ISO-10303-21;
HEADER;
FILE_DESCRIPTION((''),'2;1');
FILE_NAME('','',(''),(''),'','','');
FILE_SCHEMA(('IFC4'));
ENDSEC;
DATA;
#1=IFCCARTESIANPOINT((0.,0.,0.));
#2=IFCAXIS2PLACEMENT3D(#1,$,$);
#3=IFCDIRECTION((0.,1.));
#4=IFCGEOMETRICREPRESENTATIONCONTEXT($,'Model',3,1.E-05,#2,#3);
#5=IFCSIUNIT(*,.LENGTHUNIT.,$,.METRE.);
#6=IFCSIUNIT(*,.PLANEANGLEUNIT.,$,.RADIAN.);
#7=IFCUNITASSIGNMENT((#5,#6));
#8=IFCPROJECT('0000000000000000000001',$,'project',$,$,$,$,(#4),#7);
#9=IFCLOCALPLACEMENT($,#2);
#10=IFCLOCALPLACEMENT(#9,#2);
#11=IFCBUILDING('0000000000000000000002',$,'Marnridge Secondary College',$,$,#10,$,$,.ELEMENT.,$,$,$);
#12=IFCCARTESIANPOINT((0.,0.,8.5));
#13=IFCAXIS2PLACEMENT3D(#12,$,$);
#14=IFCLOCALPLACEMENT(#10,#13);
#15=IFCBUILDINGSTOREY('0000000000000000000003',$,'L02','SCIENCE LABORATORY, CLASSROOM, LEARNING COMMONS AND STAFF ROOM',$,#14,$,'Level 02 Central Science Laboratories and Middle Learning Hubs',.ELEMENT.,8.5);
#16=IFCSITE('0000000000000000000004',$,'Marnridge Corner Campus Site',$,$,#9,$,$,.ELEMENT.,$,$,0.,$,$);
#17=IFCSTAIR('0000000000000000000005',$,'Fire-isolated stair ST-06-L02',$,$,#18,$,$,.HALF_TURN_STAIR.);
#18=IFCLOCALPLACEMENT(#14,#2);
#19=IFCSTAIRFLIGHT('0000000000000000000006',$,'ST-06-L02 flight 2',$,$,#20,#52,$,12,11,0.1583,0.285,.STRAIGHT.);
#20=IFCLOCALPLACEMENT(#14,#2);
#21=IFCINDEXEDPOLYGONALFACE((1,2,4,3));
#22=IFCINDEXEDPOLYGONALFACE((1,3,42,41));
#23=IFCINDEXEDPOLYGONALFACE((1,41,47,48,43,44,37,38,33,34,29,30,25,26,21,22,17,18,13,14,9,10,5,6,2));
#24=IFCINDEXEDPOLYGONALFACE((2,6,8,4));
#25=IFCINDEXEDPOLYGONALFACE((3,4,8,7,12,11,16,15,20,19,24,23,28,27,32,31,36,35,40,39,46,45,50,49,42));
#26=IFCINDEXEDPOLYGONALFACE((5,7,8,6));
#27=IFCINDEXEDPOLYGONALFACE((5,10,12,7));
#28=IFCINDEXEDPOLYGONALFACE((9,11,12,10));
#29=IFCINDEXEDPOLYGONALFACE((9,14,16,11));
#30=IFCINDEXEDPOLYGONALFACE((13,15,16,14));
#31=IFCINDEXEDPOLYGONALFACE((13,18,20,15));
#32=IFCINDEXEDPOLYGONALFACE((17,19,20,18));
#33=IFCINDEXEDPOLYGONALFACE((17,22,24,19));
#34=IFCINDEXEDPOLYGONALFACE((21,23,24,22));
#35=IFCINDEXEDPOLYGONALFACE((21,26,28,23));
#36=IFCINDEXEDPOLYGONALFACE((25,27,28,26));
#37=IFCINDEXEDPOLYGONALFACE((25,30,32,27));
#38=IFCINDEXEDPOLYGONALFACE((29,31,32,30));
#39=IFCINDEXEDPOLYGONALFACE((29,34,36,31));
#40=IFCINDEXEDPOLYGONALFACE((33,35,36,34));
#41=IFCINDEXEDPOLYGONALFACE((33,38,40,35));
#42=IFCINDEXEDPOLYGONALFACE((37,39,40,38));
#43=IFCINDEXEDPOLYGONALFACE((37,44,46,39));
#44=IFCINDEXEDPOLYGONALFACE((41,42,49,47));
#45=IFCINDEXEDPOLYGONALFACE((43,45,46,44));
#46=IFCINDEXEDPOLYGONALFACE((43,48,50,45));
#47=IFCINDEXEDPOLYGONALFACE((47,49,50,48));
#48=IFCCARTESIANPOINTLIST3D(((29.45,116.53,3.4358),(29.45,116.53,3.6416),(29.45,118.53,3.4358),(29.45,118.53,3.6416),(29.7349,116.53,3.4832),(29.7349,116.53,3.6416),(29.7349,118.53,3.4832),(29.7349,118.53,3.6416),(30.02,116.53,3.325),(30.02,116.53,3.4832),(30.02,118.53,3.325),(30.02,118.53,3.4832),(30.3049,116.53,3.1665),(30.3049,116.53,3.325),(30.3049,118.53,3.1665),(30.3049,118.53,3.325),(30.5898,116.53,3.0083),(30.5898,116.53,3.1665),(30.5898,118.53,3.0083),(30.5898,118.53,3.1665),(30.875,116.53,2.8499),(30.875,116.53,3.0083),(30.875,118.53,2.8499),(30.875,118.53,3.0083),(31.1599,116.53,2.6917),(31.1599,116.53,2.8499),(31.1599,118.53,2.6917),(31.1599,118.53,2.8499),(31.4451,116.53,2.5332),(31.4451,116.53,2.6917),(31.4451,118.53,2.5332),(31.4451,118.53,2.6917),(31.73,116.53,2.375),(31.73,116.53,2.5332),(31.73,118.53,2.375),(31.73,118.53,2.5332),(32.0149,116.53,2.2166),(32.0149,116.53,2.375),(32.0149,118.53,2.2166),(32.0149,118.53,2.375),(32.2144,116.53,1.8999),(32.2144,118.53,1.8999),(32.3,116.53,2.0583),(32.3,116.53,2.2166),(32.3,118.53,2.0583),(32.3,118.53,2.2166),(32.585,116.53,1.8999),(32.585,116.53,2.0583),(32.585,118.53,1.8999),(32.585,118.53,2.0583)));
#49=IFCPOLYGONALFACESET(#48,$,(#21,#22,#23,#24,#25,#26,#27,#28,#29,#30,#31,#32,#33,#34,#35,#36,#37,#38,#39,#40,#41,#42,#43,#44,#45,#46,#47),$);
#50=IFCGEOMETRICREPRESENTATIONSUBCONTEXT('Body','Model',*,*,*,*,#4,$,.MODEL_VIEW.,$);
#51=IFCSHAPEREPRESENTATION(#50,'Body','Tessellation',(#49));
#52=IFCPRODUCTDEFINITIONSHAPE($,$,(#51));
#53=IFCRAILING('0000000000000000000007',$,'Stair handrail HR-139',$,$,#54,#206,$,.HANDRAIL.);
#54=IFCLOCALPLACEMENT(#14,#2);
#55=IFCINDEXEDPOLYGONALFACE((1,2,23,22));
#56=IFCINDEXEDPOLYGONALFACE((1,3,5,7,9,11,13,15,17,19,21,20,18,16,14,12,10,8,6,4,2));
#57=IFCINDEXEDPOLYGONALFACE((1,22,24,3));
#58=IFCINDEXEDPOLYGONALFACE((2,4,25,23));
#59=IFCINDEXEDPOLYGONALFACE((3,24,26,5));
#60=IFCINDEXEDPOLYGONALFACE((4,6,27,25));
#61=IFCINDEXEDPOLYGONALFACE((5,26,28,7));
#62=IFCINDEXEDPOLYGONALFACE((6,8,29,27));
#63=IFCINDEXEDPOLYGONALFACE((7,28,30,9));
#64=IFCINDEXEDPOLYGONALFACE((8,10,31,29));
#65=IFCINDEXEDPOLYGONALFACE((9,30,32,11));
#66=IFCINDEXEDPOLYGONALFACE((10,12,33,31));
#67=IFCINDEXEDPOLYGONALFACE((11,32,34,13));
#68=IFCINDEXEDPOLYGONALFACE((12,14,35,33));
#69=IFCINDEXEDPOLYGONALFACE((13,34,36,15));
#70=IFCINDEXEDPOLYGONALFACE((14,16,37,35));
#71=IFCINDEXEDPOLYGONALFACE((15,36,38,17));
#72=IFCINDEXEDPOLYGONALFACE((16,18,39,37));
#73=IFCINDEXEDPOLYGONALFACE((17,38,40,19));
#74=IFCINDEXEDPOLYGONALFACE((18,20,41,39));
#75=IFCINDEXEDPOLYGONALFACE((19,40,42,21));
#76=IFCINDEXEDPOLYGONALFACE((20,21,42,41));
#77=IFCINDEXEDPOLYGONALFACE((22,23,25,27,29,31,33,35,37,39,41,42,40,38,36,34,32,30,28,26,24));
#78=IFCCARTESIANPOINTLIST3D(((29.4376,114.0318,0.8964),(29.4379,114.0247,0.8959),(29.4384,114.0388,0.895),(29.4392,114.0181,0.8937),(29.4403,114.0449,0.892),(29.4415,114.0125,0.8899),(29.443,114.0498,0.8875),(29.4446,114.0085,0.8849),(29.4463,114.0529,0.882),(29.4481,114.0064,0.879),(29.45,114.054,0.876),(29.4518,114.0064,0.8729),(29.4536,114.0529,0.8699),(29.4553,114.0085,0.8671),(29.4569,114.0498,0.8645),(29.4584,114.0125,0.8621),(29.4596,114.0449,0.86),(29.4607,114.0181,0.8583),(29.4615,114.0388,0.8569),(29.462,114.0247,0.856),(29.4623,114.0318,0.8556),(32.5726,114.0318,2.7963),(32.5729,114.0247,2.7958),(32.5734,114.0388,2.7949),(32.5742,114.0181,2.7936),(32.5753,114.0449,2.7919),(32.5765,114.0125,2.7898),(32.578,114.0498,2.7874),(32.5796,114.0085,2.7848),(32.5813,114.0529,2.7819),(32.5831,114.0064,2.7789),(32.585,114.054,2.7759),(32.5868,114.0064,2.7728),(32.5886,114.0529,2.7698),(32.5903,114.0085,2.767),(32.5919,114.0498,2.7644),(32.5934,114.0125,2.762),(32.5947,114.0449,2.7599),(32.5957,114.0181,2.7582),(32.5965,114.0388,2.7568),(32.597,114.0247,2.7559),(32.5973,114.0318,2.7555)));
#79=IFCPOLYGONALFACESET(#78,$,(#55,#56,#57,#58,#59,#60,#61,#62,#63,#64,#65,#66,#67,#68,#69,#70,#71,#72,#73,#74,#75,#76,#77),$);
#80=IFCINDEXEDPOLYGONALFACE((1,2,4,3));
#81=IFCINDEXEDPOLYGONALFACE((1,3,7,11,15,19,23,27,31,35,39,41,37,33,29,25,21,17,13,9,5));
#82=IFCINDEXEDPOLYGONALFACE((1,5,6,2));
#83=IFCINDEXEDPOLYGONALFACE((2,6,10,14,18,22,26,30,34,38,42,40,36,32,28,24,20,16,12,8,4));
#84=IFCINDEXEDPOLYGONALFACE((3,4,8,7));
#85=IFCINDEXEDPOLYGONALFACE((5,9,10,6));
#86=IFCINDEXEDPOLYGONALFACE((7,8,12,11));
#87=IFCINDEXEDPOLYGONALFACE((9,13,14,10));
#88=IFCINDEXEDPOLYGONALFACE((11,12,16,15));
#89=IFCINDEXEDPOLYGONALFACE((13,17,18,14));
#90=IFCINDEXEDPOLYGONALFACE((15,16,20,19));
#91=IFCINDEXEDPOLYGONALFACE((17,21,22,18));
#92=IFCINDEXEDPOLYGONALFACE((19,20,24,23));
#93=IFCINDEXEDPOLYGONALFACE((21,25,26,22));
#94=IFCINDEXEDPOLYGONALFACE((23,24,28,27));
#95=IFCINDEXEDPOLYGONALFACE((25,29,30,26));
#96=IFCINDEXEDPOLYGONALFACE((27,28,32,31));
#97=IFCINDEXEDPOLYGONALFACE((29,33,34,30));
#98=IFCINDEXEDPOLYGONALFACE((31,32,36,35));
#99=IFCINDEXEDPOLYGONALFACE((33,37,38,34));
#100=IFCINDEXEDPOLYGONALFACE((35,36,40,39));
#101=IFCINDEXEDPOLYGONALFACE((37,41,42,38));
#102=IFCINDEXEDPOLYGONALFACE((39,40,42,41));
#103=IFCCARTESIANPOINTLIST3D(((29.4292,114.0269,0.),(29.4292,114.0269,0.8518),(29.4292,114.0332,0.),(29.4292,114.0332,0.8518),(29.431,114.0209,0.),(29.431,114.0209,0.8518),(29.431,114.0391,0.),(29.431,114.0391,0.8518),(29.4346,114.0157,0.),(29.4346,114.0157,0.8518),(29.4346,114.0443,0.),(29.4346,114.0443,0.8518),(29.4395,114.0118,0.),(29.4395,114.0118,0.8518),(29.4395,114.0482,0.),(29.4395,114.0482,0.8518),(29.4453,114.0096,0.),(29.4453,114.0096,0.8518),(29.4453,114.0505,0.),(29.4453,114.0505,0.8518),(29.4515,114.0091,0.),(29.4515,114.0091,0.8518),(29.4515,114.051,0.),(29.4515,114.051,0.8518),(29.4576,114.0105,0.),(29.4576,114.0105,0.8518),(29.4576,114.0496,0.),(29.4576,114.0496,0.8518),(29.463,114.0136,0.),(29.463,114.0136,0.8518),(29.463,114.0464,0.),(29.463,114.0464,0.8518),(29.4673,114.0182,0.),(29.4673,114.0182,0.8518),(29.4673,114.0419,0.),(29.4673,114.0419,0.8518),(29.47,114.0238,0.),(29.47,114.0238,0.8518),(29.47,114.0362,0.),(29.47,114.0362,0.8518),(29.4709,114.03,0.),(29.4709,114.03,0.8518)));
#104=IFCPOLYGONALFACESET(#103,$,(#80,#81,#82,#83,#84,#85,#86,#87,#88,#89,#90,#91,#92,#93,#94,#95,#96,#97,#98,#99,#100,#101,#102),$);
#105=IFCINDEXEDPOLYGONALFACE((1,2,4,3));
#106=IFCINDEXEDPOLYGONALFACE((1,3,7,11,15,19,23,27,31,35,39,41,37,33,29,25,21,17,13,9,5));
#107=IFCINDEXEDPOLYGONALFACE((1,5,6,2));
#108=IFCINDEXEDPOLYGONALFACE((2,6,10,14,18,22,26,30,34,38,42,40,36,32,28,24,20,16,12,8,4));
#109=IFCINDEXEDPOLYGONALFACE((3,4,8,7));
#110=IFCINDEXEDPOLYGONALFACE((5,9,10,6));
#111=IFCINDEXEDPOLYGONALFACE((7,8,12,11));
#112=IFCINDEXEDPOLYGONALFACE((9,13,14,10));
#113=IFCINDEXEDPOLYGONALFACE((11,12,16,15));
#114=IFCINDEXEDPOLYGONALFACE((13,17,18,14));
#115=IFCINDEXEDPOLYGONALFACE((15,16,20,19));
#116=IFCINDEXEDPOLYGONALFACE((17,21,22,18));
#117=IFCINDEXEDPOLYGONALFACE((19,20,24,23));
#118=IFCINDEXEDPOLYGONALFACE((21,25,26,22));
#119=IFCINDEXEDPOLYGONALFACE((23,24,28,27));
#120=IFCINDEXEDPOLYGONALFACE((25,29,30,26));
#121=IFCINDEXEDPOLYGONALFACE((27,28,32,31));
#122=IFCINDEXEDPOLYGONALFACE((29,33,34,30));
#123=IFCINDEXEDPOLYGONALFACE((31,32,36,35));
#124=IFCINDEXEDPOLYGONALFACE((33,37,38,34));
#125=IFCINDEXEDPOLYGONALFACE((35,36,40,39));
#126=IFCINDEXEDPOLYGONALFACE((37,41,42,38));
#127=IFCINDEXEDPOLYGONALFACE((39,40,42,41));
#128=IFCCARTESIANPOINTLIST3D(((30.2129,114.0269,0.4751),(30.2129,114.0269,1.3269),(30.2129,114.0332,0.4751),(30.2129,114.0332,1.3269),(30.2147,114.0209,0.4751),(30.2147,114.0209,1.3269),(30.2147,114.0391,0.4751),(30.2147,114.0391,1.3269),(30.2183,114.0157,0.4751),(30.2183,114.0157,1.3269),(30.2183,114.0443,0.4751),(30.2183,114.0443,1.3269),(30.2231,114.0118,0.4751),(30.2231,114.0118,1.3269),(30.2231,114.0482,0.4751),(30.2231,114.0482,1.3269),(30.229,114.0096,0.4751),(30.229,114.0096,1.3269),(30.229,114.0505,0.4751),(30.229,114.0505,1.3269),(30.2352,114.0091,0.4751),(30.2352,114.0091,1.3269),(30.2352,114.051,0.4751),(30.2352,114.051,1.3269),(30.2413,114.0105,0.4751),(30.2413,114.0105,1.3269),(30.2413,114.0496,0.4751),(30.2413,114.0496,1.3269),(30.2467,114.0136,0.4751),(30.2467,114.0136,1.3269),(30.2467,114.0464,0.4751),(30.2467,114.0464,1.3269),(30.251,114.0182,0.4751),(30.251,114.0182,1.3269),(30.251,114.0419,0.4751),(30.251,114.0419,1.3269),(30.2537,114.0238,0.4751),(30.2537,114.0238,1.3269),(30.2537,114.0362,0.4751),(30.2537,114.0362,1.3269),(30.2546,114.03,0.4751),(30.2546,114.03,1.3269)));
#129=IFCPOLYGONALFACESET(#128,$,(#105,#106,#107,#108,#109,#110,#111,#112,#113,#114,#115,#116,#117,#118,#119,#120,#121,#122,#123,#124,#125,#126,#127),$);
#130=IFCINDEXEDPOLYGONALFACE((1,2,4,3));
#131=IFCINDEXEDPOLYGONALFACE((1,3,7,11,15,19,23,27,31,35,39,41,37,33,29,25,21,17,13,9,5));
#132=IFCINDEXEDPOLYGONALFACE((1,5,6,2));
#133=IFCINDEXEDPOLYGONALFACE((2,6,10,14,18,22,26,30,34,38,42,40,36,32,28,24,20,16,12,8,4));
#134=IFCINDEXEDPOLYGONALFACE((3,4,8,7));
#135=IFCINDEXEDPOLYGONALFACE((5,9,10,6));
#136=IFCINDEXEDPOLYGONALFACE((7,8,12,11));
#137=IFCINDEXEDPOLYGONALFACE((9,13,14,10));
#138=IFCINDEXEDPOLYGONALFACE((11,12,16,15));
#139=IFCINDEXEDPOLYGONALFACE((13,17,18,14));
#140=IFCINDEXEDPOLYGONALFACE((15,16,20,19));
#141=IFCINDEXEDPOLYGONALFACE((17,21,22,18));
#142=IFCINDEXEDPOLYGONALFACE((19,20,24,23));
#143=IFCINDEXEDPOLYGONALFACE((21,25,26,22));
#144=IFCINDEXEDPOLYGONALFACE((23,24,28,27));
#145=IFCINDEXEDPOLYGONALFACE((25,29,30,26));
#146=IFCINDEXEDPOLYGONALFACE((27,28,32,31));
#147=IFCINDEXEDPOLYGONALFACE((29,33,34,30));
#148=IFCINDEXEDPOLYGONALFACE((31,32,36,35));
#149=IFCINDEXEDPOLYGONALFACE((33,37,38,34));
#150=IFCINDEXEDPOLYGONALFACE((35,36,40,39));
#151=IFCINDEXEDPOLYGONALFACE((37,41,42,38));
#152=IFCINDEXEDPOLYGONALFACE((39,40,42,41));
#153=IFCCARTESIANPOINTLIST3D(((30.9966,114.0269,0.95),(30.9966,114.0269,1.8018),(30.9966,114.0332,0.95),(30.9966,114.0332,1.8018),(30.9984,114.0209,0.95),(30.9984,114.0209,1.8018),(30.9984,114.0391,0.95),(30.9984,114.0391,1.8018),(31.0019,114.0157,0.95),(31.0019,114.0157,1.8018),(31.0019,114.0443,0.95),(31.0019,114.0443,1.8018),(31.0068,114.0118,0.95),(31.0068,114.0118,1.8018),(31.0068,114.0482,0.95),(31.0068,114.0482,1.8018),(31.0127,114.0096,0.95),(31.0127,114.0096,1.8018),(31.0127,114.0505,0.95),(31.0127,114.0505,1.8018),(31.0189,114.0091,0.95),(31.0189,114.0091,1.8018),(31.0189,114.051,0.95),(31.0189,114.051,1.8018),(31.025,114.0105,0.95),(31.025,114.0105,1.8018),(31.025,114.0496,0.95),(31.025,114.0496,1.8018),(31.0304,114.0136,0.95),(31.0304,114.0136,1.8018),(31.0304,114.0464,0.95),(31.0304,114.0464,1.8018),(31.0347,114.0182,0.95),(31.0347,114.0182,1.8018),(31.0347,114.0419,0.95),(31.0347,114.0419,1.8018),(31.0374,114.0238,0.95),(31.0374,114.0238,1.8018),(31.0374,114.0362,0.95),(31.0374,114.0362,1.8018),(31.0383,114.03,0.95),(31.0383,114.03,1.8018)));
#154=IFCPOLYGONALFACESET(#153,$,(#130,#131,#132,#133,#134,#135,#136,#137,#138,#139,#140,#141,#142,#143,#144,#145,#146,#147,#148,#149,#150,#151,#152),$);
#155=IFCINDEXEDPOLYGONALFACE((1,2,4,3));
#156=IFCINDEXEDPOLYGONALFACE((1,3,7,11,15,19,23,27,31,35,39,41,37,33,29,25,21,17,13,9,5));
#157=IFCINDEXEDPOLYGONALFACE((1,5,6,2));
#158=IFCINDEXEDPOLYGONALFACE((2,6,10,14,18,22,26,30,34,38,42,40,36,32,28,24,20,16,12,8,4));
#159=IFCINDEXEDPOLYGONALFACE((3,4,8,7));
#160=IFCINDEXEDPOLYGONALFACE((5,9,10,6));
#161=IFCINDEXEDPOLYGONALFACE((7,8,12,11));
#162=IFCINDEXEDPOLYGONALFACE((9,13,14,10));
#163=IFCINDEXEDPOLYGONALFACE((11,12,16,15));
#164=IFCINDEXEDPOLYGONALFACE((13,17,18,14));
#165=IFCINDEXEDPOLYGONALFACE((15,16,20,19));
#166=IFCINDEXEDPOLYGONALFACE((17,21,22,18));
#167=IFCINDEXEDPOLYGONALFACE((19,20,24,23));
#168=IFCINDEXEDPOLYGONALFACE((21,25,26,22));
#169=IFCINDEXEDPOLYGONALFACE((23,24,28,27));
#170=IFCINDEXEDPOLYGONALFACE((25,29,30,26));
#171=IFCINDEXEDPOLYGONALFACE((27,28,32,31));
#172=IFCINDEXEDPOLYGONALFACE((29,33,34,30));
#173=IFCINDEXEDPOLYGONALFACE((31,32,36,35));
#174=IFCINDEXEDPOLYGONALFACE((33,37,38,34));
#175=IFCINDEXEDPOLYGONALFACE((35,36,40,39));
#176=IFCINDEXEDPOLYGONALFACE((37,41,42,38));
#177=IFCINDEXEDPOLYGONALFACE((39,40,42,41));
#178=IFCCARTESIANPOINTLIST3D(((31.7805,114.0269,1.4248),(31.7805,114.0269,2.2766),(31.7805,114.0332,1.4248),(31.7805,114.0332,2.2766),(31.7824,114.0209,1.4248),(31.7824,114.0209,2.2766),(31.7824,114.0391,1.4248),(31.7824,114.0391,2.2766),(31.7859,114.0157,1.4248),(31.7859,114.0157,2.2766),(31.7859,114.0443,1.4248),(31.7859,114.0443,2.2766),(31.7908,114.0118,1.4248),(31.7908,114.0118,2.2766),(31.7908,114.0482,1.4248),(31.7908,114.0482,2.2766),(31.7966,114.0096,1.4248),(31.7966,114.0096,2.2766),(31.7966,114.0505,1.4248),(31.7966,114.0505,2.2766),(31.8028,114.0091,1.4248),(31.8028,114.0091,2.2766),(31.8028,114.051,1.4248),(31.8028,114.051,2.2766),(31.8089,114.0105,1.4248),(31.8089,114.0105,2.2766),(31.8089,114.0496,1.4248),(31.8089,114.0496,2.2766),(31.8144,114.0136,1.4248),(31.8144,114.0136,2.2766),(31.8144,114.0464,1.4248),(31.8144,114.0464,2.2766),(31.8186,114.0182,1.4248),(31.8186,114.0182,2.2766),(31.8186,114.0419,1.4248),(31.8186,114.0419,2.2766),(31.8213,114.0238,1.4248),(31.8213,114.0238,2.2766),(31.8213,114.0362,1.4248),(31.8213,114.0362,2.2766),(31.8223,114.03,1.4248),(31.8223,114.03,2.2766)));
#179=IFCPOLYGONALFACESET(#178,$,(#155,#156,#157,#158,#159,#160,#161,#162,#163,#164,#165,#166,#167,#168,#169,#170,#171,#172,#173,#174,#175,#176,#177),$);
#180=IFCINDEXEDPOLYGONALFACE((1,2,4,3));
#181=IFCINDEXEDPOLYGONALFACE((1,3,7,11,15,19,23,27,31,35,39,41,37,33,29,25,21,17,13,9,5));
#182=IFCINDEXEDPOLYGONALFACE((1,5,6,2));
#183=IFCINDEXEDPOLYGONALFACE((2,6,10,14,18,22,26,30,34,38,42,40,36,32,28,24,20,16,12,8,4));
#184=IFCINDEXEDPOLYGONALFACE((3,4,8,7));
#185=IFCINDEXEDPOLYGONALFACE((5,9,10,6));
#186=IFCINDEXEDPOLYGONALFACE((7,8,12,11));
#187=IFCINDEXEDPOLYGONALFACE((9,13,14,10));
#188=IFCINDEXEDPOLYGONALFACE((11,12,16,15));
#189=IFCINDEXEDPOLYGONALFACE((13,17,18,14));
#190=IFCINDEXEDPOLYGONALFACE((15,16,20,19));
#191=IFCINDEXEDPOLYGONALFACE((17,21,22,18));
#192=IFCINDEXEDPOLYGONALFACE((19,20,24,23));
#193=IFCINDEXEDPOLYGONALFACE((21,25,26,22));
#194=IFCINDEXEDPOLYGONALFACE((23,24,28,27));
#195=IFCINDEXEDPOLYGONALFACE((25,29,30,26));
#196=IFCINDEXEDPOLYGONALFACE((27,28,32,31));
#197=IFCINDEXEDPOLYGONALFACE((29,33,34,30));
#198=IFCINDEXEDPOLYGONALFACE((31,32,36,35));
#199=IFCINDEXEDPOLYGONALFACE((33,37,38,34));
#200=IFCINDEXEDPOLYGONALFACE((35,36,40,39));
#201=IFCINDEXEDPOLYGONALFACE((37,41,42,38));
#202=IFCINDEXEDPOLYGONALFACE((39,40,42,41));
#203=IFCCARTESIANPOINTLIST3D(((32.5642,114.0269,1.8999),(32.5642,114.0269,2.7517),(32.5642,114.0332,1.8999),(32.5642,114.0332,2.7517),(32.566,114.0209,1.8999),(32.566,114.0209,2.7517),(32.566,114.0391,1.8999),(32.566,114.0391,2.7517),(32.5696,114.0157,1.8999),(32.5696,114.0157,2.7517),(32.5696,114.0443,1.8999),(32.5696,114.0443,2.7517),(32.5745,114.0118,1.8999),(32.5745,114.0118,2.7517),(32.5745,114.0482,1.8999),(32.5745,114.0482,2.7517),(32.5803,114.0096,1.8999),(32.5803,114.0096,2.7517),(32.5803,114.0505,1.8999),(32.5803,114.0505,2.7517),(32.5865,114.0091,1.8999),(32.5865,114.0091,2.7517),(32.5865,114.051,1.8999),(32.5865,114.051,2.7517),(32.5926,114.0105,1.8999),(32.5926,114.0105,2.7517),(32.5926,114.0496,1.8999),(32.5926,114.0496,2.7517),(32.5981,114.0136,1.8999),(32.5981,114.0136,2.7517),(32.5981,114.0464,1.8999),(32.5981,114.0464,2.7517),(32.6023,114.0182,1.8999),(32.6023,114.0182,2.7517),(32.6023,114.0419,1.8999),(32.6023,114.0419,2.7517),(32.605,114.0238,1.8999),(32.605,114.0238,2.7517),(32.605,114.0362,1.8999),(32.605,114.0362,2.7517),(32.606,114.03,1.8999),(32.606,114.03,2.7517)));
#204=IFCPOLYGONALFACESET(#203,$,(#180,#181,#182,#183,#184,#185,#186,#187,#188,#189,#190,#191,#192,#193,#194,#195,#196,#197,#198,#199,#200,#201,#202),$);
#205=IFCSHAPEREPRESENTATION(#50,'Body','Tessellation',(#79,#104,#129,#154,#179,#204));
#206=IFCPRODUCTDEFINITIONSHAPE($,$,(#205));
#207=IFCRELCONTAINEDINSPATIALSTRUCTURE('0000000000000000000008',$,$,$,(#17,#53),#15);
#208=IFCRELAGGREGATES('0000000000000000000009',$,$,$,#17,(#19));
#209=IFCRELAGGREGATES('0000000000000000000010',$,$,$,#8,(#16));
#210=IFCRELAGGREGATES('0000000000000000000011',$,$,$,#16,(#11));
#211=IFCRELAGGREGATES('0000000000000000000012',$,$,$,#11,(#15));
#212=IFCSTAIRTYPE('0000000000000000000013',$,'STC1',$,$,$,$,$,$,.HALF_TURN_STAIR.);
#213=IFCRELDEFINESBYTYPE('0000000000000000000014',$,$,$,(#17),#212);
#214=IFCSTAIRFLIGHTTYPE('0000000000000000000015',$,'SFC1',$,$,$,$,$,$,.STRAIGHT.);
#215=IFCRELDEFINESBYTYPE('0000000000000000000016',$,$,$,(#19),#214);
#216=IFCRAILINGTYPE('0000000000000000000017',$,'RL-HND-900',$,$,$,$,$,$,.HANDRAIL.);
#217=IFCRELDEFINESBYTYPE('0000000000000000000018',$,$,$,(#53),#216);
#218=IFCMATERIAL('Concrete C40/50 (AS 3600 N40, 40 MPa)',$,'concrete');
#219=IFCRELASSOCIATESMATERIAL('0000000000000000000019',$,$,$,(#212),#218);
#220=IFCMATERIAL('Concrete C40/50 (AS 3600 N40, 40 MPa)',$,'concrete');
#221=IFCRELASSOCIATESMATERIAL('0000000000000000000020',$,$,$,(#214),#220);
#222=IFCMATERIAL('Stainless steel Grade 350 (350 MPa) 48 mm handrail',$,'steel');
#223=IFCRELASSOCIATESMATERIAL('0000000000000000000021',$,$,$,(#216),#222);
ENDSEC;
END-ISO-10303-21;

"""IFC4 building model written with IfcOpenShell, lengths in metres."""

from ifc_helpers import new_model, si_unit, direction, frame, origin, origin_2d, place, context, subcontext, project, spatial, polyline, circle, outline, extrude, material, type_object, element, aggregate, save


model = new_model("IFC4")

# Units and contexts
model_context = context("Model", 3, precision=1e-05, world=origin(), true_north=direction((0.0, 1.0)))
body_context = subcontext(model_context, "Body", "Model", "MODEL_VIEW")
ifc_project = project(units=[si_unit("LENGTHUNIT", "METRE"), si_unit("PLANEANGLEUNIT", "RADIAN")], contexts=[model_context])

# Site, building, storey
site_placement = place(None, origin())
site = spatial("IfcSite", under=ifc_project, at=site_placement, Name="Marnridge Corner Campus Site", CompositionType="ELEMENT", RefElevation=0.0)
building_placement = place(site_placement, origin())
building = spatial("IfcBuilding", under=site, at=building_placement, Name="Marnridge Secondary College", CompositionType="ELEMENT")
storey_placement = place(building_placement, frame((0.0, 0.0, 8.5)))
storey = spatial("IfcBuildingStorey", under=building, at=storey_placement, Name="L02", Description="SCIENCE LABORATORY, CLASSROOM, LEARNING COMMONS AND STAFF ROOM", LongName="Level 02 Central Science Laboratories and Middle Learning Hubs", CompositionType="ELEMENT", Elevation=8.5)

# Stair, stair flight
ifc_material_1 = material(Name="Concrete C40/50 (AS 3600 N40, 40 MPa)", Category="concrete")
stair_type = type_object("IfcStairType", Name="STC1", PredefinedType="HALF_TURN_STAIR", material=ifc_material_1)
stair_placement = place(storey_placement, origin())
stair = element("IfcStair", 1, at=stair_placement, inside=storey, type_object=stair_type, Name="Fire-isolated stair ST-06-L02", PredefinedType="HALF_TURN_STAIR")
ifc_material_2 = material(Name="Concrete C40/50 (AS 3600 N40, 40 MPa)", Category="concrete")
stair_flight_type = type_object("IfcStairFlightType", Name="SFC1", PredefinedType="STRAIGHT", material=ifc_material_2)
stair_flight_1_placement = place(storey_placement, frame((32.585, 117.53, 1.8999), z_axis=(0.0, 0.0, 1.0), x_axis=(-1.0, 0.0, 0.0)))
stair_flight_1 = element("IfcStairFlight", 2, at=stair_flight_1_placement, type_object=stair_flight_type, Name="ST-06-L02 flight 2", NumberOfRisers=12, NumberOfTreads=11, PredefinedType="STRAIGHT", RiserHeight=0.1583, TreadLength=0.285, context=body_context, shape_type="SweptSolid", body=[
    extrude(outline(polyline([(0.0, 0.0), (0.0, 0.1584), (0.2849, 0.1584), (0.2849, 0.3167), (0.5701, 0.3167), (0.5701, 0.4751), (0.855, 0.4751), (0.855, 0.6333), (1.1399, 0.6333), (1.1399, 0.7917), (1.425, 0.7917), (1.425, 0.95), (1.71, 0.95), (1.71, 1.1084), (1.9951, 1.1084), (1.9951, 1.2666), (2.28, 1.2666), (2.28, 1.425), (2.5649, 1.425), (2.5649, 1.5833), (2.8501, 1.5833), (2.8501, 1.7417), (3.135, 1.7417), (3.135, 1.8999), (3.135, 1.5359), (0.3706, 0.0), (0.0, 0.0)])), frame((0.0, 1.0, 0.0), z_axis=(0.0, -1.0, 0.0), x_axis=(1.0, 0.0, 0.0)), (0.0, 0.0, 1.0), 2.0),
])
aggregate(stair, [stair_flight_1])

# Railing
ifc_material_3 = material(Name="Stainless steel Grade 350 (350 MPa) 48 mm handrail", Category="steel")
railing_type_1 = type_object("IfcRailingType", Name="RL-HND-900", PredefinedType="HANDRAIL", material=ifc_material_3)
for number, where, name in (
    (3, (29.45, 114.03, 0.0), "Stair handrail HR-139"),
):
    element("IfcRailing", number, at=place(storey_placement, frame(where)), inside=storey, type_object=railing_type_1, Name=name, PredefinedType="HANDRAIL", context=body_context, shape_type="SweptSolid", body=[
        extrude(circle(Radius=0.0239, at=origin_2d()), frame((0.0, 0.0, 0.876), z_axis=(0.85521, 0.0, 0.518281), x_axis=(0.0, 1.0, 0.0)), (0.0, 0.0, 1.0), 3.6658),
        extrude(circle(Radius=0.021, at=origin_2d()), origin(), (0.0, 0.0, 1.0), 0.8518),
        extrude(circle(Radius=0.021, at=origin_2d()), frame((0.7837, 0.0, 0.4751)), (0.0, 0.0, 1.0), 0.8518),
        extrude(circle(Radius=0.021, at=origin_2d()), frame((1.5674, 0.0, 0.95)), (0.0, 0.0, 1.0), 0.8518),
        extrude(circle(Radius=0.021, at=origin_2d()), frame((2.3513, 0.0, 1.4248)), (0.0, 0.0, 1.0), 0.8518),
        extrude(circle(Radius=0.021, at=origin_2d()), frame((3.135, 0.0, 1.8999)), (0.0, 0.0, 1.0), 0.8518),
    ])

save(model, "model.ifc")
